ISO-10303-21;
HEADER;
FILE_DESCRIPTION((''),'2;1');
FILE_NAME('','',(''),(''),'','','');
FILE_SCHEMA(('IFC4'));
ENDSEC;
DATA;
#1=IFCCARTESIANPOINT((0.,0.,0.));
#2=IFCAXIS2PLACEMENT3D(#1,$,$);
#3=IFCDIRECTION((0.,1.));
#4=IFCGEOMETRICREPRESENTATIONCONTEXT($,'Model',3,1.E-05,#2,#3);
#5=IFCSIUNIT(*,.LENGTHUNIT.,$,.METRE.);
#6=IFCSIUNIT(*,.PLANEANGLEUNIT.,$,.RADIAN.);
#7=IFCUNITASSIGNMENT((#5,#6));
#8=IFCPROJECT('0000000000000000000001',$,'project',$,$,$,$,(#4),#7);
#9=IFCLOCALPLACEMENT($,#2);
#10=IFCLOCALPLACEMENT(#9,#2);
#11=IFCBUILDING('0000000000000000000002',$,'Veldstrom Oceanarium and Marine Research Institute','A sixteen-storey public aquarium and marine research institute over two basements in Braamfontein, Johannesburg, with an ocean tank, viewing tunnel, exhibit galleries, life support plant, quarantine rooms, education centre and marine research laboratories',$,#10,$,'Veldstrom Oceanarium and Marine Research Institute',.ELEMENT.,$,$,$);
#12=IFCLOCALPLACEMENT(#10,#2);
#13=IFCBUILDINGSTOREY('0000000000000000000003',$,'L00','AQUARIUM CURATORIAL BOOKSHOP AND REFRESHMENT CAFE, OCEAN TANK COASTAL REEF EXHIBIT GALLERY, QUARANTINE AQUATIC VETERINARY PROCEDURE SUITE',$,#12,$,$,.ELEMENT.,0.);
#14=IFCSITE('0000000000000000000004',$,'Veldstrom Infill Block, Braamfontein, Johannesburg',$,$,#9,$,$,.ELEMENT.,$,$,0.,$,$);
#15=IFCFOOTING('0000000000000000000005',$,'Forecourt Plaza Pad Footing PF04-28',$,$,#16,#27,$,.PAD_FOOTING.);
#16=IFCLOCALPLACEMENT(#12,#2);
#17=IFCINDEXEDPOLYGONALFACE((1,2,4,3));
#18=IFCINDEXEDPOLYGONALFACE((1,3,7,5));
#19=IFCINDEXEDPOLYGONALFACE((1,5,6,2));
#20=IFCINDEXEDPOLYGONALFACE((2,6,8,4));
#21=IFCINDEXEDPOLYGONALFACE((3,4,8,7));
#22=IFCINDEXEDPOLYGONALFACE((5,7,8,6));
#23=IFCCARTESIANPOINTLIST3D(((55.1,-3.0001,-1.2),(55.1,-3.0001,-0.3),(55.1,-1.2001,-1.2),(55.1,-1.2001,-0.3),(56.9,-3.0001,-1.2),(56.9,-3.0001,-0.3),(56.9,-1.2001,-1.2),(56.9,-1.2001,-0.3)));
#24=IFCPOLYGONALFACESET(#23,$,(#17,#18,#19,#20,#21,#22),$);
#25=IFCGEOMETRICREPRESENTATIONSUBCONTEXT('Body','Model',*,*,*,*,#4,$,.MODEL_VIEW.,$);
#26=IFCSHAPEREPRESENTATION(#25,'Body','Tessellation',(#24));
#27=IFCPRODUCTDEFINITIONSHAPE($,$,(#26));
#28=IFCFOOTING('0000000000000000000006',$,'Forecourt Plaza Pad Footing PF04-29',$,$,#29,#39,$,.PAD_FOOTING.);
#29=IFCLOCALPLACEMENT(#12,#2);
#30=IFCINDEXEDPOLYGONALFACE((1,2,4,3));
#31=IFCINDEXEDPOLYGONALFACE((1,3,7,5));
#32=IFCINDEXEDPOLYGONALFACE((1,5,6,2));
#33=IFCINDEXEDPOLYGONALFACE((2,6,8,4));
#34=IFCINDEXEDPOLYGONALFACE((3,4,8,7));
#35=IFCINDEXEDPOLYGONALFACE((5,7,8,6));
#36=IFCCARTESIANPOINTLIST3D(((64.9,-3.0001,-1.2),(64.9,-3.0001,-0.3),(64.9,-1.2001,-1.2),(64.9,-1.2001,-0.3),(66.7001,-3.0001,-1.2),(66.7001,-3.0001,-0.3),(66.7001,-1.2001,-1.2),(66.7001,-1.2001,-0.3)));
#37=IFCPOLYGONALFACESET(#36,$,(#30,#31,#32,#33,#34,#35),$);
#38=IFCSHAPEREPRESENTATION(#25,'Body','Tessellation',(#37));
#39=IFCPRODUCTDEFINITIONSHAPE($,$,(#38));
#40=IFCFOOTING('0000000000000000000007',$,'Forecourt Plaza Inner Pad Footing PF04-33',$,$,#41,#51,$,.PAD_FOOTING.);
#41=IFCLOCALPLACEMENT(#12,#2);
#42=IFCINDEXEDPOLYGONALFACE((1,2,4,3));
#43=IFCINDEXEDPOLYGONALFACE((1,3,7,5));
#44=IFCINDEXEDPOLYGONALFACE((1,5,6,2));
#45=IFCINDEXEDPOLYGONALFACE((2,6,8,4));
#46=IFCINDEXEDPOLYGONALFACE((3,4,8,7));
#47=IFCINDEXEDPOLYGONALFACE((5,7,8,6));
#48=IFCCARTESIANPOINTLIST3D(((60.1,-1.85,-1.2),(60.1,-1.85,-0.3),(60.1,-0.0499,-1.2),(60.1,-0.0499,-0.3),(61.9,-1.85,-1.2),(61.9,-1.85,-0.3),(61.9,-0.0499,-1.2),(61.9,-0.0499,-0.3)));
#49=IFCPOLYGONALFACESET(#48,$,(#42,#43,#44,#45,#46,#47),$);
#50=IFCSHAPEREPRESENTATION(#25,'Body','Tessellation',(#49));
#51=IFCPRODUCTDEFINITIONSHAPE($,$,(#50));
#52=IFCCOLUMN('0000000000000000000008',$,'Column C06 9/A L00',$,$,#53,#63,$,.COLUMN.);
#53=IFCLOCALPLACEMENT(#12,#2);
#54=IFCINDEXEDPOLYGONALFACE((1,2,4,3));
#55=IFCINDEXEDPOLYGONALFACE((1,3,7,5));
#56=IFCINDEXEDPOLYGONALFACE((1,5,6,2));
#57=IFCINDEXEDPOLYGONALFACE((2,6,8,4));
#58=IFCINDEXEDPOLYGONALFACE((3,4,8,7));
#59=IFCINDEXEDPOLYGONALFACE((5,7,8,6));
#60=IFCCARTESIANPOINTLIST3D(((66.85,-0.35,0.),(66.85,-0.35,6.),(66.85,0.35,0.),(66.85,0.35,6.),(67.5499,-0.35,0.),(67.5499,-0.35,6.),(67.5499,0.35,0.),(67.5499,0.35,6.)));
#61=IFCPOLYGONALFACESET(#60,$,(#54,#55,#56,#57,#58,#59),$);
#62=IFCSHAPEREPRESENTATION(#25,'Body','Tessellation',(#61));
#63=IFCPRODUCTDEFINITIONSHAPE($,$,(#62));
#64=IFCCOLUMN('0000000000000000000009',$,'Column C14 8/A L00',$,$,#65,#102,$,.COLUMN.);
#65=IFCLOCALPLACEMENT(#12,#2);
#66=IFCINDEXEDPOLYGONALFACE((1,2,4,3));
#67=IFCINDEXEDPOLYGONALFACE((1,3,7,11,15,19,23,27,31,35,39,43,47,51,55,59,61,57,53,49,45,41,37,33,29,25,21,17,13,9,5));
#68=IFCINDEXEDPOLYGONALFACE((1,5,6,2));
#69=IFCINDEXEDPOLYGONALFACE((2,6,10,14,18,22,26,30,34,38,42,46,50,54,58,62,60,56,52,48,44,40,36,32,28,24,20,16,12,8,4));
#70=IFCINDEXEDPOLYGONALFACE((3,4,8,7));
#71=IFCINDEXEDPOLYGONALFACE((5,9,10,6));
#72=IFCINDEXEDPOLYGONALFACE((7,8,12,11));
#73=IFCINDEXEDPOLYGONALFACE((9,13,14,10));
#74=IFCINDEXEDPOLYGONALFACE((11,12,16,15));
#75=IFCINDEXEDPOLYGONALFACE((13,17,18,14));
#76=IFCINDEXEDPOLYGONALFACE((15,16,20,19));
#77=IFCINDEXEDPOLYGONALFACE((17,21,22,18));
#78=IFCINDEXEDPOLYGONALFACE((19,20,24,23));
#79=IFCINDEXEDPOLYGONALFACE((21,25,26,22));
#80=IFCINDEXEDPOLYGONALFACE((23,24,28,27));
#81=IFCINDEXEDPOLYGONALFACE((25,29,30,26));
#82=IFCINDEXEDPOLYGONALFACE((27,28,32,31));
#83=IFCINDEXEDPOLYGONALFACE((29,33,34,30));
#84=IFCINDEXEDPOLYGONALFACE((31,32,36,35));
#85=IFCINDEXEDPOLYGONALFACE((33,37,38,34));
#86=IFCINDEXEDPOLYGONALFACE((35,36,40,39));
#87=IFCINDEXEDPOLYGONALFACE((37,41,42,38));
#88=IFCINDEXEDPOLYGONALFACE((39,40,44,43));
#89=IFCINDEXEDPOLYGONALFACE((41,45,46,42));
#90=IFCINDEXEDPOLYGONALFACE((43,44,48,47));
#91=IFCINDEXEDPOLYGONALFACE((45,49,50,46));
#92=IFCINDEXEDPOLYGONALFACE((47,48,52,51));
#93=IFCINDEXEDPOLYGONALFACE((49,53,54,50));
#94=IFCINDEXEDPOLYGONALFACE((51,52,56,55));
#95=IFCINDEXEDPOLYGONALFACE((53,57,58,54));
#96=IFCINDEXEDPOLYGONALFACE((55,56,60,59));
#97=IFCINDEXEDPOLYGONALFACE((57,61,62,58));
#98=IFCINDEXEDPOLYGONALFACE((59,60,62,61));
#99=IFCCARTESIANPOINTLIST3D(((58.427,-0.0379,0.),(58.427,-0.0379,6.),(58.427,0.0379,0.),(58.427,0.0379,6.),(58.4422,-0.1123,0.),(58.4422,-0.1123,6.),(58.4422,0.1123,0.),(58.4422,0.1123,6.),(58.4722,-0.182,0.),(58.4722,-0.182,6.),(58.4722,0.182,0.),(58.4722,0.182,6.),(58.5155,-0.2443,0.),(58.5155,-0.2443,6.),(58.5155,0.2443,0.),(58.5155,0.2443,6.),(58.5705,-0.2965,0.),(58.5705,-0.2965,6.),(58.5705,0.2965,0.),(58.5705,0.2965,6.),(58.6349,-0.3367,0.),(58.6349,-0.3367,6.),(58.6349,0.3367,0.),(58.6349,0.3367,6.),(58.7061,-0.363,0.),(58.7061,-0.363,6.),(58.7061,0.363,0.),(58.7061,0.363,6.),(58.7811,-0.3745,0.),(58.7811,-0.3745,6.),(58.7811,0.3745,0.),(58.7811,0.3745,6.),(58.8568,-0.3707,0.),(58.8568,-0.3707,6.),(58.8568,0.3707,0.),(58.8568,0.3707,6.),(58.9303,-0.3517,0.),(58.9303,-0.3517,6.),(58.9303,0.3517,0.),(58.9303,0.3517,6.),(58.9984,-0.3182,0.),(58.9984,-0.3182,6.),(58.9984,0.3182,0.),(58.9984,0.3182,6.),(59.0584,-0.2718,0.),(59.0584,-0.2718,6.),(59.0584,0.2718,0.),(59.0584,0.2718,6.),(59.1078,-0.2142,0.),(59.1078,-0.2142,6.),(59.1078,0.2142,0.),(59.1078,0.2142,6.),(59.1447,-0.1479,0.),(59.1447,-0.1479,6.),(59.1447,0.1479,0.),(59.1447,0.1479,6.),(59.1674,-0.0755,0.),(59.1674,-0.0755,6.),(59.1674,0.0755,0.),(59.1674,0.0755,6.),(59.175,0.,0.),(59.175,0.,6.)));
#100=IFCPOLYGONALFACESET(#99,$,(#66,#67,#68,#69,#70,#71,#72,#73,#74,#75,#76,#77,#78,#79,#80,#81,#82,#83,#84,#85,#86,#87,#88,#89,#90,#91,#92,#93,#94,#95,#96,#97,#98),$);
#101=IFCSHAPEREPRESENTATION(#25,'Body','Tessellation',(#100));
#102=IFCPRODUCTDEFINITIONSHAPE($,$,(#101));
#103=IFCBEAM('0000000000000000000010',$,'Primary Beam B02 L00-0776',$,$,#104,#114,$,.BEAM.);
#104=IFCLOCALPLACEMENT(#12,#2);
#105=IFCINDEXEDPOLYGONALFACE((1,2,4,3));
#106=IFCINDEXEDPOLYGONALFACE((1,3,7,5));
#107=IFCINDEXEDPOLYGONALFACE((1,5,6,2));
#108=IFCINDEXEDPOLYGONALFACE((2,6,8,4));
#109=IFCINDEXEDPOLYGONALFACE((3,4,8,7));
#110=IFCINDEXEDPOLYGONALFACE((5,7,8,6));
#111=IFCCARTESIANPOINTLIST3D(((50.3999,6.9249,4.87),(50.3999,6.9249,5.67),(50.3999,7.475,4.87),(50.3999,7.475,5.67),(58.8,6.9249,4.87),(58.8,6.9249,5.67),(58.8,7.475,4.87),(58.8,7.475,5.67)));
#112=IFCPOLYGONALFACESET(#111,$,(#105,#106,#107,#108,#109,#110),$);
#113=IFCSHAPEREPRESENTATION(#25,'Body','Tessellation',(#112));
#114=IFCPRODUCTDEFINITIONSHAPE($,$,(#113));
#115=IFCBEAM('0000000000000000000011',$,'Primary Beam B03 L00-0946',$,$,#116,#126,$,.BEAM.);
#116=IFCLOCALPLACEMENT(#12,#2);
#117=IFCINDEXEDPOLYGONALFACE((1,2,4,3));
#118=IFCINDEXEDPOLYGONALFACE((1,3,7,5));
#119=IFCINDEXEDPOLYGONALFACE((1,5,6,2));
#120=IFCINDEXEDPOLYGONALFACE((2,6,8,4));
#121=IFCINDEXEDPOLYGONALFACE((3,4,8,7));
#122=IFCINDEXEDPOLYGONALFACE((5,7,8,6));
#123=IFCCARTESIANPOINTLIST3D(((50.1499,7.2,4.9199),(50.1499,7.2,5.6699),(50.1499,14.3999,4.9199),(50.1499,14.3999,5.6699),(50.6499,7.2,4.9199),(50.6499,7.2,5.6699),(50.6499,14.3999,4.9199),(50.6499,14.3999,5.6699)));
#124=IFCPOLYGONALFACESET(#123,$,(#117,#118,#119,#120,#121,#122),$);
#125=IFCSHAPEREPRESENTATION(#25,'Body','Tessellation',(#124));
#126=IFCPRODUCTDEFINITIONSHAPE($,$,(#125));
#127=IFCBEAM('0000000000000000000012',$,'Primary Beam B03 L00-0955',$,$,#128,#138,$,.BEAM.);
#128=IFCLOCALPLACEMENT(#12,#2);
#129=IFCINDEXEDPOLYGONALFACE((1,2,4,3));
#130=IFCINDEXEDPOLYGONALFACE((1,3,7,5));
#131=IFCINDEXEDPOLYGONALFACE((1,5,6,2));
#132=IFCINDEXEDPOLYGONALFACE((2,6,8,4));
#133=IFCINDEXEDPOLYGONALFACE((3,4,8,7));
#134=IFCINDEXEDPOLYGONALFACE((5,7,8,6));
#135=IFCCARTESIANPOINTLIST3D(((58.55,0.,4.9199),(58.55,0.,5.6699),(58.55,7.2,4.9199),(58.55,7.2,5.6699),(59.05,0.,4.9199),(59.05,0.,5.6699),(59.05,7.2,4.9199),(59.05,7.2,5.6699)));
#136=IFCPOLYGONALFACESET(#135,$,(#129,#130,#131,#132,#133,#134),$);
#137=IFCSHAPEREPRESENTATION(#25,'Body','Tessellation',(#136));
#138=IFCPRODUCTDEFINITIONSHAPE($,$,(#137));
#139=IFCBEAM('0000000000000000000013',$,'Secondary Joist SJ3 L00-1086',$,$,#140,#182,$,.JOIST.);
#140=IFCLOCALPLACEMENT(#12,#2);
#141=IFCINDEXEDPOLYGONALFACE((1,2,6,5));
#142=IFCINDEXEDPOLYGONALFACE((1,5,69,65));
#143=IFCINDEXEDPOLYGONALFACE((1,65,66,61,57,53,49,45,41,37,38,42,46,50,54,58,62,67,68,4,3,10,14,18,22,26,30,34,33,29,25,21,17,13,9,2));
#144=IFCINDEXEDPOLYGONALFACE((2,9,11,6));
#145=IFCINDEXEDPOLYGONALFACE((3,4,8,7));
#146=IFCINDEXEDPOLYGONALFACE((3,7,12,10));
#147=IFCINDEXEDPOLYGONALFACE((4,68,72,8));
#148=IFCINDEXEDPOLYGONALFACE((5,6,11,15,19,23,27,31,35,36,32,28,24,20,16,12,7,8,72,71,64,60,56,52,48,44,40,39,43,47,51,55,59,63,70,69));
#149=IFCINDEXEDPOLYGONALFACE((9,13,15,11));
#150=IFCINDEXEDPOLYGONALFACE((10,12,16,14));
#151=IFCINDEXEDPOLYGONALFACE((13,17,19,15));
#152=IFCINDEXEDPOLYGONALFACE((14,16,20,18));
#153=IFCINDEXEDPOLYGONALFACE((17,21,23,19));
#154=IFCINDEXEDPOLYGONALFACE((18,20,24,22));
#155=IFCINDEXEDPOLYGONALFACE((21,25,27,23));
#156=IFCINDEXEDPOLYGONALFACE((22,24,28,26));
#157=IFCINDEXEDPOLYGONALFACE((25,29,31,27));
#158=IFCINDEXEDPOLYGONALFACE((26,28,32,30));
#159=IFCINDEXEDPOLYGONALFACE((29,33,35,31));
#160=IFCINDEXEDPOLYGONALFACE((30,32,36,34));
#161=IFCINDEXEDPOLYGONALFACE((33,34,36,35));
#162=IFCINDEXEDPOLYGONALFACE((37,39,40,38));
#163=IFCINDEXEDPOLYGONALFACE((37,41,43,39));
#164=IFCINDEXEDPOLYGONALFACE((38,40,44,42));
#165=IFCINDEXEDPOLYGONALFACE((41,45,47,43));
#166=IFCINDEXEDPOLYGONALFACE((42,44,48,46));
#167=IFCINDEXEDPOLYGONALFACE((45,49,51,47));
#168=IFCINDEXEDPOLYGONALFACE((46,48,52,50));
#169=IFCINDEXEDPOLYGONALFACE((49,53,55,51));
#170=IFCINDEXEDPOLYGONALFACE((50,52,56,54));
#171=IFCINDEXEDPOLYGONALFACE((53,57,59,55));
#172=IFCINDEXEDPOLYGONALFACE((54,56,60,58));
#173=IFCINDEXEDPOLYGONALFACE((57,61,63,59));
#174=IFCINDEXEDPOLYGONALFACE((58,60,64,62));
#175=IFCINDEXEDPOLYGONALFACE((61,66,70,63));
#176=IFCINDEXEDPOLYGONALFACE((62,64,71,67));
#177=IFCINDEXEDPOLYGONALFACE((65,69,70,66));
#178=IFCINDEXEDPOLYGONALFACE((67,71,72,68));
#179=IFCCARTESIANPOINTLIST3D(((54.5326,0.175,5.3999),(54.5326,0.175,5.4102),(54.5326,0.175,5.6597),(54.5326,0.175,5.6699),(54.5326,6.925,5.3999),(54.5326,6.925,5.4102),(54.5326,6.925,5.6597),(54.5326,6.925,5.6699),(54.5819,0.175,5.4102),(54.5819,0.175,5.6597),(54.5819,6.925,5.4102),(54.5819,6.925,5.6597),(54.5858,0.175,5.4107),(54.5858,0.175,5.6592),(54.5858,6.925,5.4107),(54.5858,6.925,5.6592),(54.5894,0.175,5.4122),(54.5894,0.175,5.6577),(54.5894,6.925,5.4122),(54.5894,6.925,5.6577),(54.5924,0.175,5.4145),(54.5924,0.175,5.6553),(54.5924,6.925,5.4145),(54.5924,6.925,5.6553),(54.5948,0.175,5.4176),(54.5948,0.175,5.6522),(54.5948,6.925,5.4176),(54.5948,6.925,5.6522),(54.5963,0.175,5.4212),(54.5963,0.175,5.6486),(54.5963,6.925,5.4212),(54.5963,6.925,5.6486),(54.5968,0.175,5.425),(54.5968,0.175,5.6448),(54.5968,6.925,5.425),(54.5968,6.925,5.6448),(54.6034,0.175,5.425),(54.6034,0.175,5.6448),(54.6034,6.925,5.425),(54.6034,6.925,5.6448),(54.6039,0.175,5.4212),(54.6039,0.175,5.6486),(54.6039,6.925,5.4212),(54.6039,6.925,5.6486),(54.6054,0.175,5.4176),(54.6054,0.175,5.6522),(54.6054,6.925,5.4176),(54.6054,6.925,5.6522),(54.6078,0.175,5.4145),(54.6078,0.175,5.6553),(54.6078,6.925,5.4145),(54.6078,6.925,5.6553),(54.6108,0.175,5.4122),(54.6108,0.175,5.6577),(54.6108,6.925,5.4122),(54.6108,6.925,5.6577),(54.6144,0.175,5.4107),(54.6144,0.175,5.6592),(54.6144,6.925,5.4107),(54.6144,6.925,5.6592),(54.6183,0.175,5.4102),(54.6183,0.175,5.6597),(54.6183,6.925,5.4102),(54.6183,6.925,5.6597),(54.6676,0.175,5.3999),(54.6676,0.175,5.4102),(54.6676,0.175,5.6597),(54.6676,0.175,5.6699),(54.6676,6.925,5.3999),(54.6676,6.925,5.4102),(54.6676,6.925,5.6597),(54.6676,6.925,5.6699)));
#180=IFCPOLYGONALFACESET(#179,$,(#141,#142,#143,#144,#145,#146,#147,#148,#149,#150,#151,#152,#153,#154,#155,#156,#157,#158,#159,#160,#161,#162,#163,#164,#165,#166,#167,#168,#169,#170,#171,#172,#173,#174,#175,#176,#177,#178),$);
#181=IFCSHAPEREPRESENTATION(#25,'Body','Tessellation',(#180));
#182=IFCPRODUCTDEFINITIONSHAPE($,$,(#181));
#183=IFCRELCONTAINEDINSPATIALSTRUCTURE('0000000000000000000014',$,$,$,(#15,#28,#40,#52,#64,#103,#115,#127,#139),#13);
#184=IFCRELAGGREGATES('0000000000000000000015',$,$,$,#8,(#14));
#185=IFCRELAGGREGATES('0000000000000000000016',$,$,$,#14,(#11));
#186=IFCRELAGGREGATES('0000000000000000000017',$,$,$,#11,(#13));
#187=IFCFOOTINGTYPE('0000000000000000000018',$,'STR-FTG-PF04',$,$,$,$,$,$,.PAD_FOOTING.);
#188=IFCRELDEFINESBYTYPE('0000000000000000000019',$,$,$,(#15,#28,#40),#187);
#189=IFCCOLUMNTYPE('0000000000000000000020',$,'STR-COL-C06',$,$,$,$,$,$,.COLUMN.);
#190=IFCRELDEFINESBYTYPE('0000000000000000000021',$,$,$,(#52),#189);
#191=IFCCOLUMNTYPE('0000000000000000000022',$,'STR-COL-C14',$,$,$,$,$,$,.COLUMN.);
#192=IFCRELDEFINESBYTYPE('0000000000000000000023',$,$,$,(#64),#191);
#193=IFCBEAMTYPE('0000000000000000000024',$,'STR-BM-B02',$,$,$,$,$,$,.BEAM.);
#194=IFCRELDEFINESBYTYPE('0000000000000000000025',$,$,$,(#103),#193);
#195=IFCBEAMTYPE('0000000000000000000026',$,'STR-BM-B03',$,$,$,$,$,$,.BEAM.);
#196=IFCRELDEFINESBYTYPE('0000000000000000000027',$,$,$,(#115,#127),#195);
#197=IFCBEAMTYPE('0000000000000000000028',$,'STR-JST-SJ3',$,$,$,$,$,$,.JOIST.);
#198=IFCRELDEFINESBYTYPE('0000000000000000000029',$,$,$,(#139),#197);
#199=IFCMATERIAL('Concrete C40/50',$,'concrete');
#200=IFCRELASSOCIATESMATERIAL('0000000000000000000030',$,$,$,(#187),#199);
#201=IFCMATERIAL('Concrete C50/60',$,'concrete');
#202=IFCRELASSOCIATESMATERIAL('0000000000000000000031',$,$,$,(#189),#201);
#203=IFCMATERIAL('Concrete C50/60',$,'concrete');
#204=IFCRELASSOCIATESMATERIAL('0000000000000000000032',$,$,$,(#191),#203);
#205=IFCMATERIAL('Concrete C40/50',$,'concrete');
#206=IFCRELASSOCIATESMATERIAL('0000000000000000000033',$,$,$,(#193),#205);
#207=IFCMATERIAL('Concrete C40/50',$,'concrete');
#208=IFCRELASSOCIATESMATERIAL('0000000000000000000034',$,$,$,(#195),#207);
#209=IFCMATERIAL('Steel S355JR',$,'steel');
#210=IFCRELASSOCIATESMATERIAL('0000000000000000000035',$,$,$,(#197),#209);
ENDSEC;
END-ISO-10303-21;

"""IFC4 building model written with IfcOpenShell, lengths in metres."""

from ifc_helpers import new_model, si_unit, direction, frame, origin, origin_2d, place, context, subcontext, project, spatial, rectangle, circle, i_section, extrude, material, material_profile, profile_set, type_object, element, save


model = new_model("IFC4")

# Units and contexts
model_context = context("Model", 3, precision=1e-05, world=origin(), true_north=direction((0.0, 1.0)))
body_context = subcontext(model_context, "Body", "Model", "MODEL_VIEW")
ifc_project = project(units=[si_unit("LENGTHUNIT", "METRE"), si_unit("PLANEANGLEUNIT", "RADIAN")], contexts=[model_context])

# Site, building, storey
site_placement = place(None, origin())
site = spatial("IfcSite", under=ifc_project, at=site_placement, Name="Veldstrom Infill Block, Braamfontein, Johannesburg", CompositionType="ELEMENT", RefElevation=0.0)
building_placement = place(site_placement, origin())
building = spatial("IfcBuilding", under=site, at=building_placement, Name="Veldstrom Oceanarium and Marine Research Institute", Description="A sixteen-storey public aquarium and marine research institute over two basements in Braamfontein, Johannesburg, with an ocean tank, viewing tunnel, exhibit galleries, life support plant, quarantine rooms, education centre and marine research laboratories", LongName="Veldstrom Oceanarium and Marine Research Institute", CompositionType="ELEMENT")
storey_placement = place(building_placement, origin())
storey = spatial("IfcBuildingStorey", under=building, at=storey_placement, Name="L00", Description="AQUARIUM CURATORIAL BOOKSHOP AND REFRESHMENT CAFE, OCEAN TANK COASTAL REEF EXHIBIT GALLERY, QUARANTINE AQUATIC VETERINARY PROCEDURE SUITE", CompositionType="ELEMENT", Elevation=0.0)

# Footings
ifc_material_1 = material(Name="Concrete C40/50", Category="concrete")
footing_type = type_object("IfcFootingType", Name="STR-FTG-PF04", PredefinedType="PAD_FOOTING", material=ifc_material_1)
for number, where, z_axis, x_axis, name in (
    (1, (56.0, -2.1001, -1.2), (0.0, 0.0, 1.0), (1.0, 0.0, 0.0), "Forecourt Plaza Pad Footing PF04-28"),
    (2, (65.8, -2.1001, -1.2), (0.0, 0.0, 1.0), (1.0, 0.0, 0.0), "Forecourt Plaza Pad Footing PF04-29"),
    (3, (61.0, -0.95, -1.2), (0.0, 0.0, 1.0), (1.0, 0.0, 0.0), "Forecourt Plaza Inner Pad Footing PF04-33"),
):
    element("IfcFooting", number, at=place(storey_placement, frame(where, z_axis=z_axis, x_axis=x_axis)), inside=storey, type_object=footing_type, Name=name, PredefinedType="PAD_FOOTING", context=body_context, shape_type="SweptSolid", body=[
        extrude(rectangle(XDim=1.8, YDim=1.8, at=origin_2d()), origin(), (0.0, 0.0, 1.0), 0.8999),
    ])

# Columns
ifc_material_2 = material(Name="Concrete C50/60", Category="concrete")
ifc_material_profile_1 = material_profile(ifc_material_2, rectangle(XDim=0.7, YDim=0.7, at=origin_2d()), Name="RC-COL-700x700")
ifc_profile_set_1 = profile_set([ifc_material_profile_1], Name="Concrete C50/60")
column_type_1 = type_object("IfcColumnType", Name="STR-COL-C06", PredefinedType="COLUMN", material=ifc_profile_set_1)
column_1_placement = place(storey_placement, frame((67.2, 0.0, 0.0), z_axis=(0.0, 0.0, 1.0), x_axis=(1.0, 0.0, 0.0)))
element("IfcColumn", 4, at=column_1_placement, inside=storey, type_object=column_type_1, Name="Column C06 9/A L00", PredefinedType="COLUMN", context=body_context, shape_type="SweptSolid", body=[
    extrude(rectangle(XDim=0.7, YDim=0.7, at=origin_2d()), origin(), (0.0, 0.0, 1.0), 6.0),
])
ifc_material_3 = material(Name="Concrete C50/60", Category="concrete")
ifc_material_profile_2 = material_profile(ifc_material_3, circle(Radius=0.375, at=origin_2d()), Name="RC-COL-D750")
ifc_profile_set_2 = profile_set([ifc_material_profile_2], Name="Concrete C50/60")
column_type_2 = type_object("IfcColumnType", Name="STR-COL-C14", PredefinedType="COLUMN", material=ifc_profile_set_2)
column_2_placement = place(storey_placement, frame((58.8, 0.0, 0.0), z_axis=(0.0, 0.0, 1.0), x_axis=(1.0, 0.0, 0.0)))
element("IfcColumn", 5, at=column_2_placement, inside=storey, type_object=column_type_2, Name="Column C14 8/A L00", PredefinedType="COLUMN", context=body_context, shape_type="SweptSolid", body=[
    extrude(circle(Radius=0.375, at=origin_2d()), origin(), (0.0, 0.0, 1.0), 6.0),
])

# Beams
ifc_material_4 = material(Name="Concrete C40/50", Category="concrete")
ifc_material_profile_3 = material_profile(ifc_material_4, rectangle(XDim=0.55, YDim=0.8, at=origin_2d()), Name="RC-BM-550x800")
ifc_profile_set_3 = profile_set([ifc_material_profile_3], Name="Concrete C40/50")
beam_type_1 = type_object("IfcBeamType", Name="STR-BM-B02", PredefinedType="BEAM", material=ifc_profile_set_3)
beam_1_placement = place(storey_placement, frame((50.3999, 7.2, 5.27), z_axis=(1.0, 0.0, 0.0), x_axis=(0.0, 1.0, 0.0)))
element("IfcBeam", 6, at=beam_1_placement, inside=storey, type_object=beam_type_1, Name="Primary Beam B02 L00-0776", PredefinedType="BEAM", context=body_context, shape_type="SweptSolid", body=[
    extrude(rectangle(XDim=0.55, YDim=0.8, at=origin_2d()), origin(), (0.0, 0.0, 1.0), 8.4001),
])
ifc_material_5 = material(Name="Concrete C40/50", Category="concrete")
ifc_material_profile_4 = material_profile(ifc_material_5, rectangle(XDim=0.5, YDim=0.75, at=origin_2d()), Name="RC-BM-500x750")
ifc_profile_set_4 = profile_set([ifc_material_profile_4], Name="Concrete C40/50")
beam_type_2 = type_object("IfcBeamType", Name="STR-BM-B03", PredefinedType="BEAM", material=ifc_profile_set_4)
for number, where, z_axis, x_axis, name in (
    (7, (50.3999, 7.2, 5.2949), (0.0, 1.0, 0.0), (-1.0, 0.0, 0.0), "Primary Beam B03 L00-0946"),
    (8, (58.8, 0.0, 5.2949), (0.0, 1.0, 0.0), (-1.0, 0.0, 0.0), "Primary Beam B03 L00-0955"),
):
    element("IfcBeam", number, at=place(storey_placement, frame(where, z_axis=z_axis, x_axis=x_axis)), inside=storey, type_object=beam_type_2, Name=name, PredefinedType="BEAM", context=body_context, shape_type="SweptSolid", body=[
        extrude(rectangle(XDim=0.5, YDim=0.75, at=origin_2d()), origin(), (0.0, 0.0, 1.0), 7.2),
    ])
ifc_material_6 = material(Name="Steel S355JR", Category="steel")
ifc_material_profile_5 = material_profile(ifc_material_6, i_section(OverallWidth=0.135, OverallDepth=0.27, WebThickness=0.0066, FlangeThickness=0.0103, FilletRadius=0.0149, at=origin_2d()), Name="IPE 270")
ifc_profile_set_5 = profile_set([ifc_material_profile_5], Name="Steel S355JR")
beam_type_3 = type_object("IfcBeamType", Name="STR-JST-SJ3", PredefinedType="JOIST", material=ifc_profile_set_5)
beam_2_placement = place(storey_placement, frame((54.6001, 0.175, 5.5349), z_axis=(0.0, 1.0, 0.0), x_axis=(-1.0, 0.0, 0.0)))
element("IfcBeam", 9, at=beam_2_placement, inside=storey, type_object=beam_type_3, Name="Secondary Joist SJ3 L00-1086", PredefinedType="JOIST", context=body_context, shape_type="SweptSolid", body=[
    extrude(i_section(OverallWidth=0.135, OverallDepth=0.27, WebThickness=0.0066, FlangeThickness=0.0103, FilletRadius=0.0149, at=origin_2d()), origin(), (0.0, 0.0, 1.0), 6.75),
])

save(model, "model.ifc")
